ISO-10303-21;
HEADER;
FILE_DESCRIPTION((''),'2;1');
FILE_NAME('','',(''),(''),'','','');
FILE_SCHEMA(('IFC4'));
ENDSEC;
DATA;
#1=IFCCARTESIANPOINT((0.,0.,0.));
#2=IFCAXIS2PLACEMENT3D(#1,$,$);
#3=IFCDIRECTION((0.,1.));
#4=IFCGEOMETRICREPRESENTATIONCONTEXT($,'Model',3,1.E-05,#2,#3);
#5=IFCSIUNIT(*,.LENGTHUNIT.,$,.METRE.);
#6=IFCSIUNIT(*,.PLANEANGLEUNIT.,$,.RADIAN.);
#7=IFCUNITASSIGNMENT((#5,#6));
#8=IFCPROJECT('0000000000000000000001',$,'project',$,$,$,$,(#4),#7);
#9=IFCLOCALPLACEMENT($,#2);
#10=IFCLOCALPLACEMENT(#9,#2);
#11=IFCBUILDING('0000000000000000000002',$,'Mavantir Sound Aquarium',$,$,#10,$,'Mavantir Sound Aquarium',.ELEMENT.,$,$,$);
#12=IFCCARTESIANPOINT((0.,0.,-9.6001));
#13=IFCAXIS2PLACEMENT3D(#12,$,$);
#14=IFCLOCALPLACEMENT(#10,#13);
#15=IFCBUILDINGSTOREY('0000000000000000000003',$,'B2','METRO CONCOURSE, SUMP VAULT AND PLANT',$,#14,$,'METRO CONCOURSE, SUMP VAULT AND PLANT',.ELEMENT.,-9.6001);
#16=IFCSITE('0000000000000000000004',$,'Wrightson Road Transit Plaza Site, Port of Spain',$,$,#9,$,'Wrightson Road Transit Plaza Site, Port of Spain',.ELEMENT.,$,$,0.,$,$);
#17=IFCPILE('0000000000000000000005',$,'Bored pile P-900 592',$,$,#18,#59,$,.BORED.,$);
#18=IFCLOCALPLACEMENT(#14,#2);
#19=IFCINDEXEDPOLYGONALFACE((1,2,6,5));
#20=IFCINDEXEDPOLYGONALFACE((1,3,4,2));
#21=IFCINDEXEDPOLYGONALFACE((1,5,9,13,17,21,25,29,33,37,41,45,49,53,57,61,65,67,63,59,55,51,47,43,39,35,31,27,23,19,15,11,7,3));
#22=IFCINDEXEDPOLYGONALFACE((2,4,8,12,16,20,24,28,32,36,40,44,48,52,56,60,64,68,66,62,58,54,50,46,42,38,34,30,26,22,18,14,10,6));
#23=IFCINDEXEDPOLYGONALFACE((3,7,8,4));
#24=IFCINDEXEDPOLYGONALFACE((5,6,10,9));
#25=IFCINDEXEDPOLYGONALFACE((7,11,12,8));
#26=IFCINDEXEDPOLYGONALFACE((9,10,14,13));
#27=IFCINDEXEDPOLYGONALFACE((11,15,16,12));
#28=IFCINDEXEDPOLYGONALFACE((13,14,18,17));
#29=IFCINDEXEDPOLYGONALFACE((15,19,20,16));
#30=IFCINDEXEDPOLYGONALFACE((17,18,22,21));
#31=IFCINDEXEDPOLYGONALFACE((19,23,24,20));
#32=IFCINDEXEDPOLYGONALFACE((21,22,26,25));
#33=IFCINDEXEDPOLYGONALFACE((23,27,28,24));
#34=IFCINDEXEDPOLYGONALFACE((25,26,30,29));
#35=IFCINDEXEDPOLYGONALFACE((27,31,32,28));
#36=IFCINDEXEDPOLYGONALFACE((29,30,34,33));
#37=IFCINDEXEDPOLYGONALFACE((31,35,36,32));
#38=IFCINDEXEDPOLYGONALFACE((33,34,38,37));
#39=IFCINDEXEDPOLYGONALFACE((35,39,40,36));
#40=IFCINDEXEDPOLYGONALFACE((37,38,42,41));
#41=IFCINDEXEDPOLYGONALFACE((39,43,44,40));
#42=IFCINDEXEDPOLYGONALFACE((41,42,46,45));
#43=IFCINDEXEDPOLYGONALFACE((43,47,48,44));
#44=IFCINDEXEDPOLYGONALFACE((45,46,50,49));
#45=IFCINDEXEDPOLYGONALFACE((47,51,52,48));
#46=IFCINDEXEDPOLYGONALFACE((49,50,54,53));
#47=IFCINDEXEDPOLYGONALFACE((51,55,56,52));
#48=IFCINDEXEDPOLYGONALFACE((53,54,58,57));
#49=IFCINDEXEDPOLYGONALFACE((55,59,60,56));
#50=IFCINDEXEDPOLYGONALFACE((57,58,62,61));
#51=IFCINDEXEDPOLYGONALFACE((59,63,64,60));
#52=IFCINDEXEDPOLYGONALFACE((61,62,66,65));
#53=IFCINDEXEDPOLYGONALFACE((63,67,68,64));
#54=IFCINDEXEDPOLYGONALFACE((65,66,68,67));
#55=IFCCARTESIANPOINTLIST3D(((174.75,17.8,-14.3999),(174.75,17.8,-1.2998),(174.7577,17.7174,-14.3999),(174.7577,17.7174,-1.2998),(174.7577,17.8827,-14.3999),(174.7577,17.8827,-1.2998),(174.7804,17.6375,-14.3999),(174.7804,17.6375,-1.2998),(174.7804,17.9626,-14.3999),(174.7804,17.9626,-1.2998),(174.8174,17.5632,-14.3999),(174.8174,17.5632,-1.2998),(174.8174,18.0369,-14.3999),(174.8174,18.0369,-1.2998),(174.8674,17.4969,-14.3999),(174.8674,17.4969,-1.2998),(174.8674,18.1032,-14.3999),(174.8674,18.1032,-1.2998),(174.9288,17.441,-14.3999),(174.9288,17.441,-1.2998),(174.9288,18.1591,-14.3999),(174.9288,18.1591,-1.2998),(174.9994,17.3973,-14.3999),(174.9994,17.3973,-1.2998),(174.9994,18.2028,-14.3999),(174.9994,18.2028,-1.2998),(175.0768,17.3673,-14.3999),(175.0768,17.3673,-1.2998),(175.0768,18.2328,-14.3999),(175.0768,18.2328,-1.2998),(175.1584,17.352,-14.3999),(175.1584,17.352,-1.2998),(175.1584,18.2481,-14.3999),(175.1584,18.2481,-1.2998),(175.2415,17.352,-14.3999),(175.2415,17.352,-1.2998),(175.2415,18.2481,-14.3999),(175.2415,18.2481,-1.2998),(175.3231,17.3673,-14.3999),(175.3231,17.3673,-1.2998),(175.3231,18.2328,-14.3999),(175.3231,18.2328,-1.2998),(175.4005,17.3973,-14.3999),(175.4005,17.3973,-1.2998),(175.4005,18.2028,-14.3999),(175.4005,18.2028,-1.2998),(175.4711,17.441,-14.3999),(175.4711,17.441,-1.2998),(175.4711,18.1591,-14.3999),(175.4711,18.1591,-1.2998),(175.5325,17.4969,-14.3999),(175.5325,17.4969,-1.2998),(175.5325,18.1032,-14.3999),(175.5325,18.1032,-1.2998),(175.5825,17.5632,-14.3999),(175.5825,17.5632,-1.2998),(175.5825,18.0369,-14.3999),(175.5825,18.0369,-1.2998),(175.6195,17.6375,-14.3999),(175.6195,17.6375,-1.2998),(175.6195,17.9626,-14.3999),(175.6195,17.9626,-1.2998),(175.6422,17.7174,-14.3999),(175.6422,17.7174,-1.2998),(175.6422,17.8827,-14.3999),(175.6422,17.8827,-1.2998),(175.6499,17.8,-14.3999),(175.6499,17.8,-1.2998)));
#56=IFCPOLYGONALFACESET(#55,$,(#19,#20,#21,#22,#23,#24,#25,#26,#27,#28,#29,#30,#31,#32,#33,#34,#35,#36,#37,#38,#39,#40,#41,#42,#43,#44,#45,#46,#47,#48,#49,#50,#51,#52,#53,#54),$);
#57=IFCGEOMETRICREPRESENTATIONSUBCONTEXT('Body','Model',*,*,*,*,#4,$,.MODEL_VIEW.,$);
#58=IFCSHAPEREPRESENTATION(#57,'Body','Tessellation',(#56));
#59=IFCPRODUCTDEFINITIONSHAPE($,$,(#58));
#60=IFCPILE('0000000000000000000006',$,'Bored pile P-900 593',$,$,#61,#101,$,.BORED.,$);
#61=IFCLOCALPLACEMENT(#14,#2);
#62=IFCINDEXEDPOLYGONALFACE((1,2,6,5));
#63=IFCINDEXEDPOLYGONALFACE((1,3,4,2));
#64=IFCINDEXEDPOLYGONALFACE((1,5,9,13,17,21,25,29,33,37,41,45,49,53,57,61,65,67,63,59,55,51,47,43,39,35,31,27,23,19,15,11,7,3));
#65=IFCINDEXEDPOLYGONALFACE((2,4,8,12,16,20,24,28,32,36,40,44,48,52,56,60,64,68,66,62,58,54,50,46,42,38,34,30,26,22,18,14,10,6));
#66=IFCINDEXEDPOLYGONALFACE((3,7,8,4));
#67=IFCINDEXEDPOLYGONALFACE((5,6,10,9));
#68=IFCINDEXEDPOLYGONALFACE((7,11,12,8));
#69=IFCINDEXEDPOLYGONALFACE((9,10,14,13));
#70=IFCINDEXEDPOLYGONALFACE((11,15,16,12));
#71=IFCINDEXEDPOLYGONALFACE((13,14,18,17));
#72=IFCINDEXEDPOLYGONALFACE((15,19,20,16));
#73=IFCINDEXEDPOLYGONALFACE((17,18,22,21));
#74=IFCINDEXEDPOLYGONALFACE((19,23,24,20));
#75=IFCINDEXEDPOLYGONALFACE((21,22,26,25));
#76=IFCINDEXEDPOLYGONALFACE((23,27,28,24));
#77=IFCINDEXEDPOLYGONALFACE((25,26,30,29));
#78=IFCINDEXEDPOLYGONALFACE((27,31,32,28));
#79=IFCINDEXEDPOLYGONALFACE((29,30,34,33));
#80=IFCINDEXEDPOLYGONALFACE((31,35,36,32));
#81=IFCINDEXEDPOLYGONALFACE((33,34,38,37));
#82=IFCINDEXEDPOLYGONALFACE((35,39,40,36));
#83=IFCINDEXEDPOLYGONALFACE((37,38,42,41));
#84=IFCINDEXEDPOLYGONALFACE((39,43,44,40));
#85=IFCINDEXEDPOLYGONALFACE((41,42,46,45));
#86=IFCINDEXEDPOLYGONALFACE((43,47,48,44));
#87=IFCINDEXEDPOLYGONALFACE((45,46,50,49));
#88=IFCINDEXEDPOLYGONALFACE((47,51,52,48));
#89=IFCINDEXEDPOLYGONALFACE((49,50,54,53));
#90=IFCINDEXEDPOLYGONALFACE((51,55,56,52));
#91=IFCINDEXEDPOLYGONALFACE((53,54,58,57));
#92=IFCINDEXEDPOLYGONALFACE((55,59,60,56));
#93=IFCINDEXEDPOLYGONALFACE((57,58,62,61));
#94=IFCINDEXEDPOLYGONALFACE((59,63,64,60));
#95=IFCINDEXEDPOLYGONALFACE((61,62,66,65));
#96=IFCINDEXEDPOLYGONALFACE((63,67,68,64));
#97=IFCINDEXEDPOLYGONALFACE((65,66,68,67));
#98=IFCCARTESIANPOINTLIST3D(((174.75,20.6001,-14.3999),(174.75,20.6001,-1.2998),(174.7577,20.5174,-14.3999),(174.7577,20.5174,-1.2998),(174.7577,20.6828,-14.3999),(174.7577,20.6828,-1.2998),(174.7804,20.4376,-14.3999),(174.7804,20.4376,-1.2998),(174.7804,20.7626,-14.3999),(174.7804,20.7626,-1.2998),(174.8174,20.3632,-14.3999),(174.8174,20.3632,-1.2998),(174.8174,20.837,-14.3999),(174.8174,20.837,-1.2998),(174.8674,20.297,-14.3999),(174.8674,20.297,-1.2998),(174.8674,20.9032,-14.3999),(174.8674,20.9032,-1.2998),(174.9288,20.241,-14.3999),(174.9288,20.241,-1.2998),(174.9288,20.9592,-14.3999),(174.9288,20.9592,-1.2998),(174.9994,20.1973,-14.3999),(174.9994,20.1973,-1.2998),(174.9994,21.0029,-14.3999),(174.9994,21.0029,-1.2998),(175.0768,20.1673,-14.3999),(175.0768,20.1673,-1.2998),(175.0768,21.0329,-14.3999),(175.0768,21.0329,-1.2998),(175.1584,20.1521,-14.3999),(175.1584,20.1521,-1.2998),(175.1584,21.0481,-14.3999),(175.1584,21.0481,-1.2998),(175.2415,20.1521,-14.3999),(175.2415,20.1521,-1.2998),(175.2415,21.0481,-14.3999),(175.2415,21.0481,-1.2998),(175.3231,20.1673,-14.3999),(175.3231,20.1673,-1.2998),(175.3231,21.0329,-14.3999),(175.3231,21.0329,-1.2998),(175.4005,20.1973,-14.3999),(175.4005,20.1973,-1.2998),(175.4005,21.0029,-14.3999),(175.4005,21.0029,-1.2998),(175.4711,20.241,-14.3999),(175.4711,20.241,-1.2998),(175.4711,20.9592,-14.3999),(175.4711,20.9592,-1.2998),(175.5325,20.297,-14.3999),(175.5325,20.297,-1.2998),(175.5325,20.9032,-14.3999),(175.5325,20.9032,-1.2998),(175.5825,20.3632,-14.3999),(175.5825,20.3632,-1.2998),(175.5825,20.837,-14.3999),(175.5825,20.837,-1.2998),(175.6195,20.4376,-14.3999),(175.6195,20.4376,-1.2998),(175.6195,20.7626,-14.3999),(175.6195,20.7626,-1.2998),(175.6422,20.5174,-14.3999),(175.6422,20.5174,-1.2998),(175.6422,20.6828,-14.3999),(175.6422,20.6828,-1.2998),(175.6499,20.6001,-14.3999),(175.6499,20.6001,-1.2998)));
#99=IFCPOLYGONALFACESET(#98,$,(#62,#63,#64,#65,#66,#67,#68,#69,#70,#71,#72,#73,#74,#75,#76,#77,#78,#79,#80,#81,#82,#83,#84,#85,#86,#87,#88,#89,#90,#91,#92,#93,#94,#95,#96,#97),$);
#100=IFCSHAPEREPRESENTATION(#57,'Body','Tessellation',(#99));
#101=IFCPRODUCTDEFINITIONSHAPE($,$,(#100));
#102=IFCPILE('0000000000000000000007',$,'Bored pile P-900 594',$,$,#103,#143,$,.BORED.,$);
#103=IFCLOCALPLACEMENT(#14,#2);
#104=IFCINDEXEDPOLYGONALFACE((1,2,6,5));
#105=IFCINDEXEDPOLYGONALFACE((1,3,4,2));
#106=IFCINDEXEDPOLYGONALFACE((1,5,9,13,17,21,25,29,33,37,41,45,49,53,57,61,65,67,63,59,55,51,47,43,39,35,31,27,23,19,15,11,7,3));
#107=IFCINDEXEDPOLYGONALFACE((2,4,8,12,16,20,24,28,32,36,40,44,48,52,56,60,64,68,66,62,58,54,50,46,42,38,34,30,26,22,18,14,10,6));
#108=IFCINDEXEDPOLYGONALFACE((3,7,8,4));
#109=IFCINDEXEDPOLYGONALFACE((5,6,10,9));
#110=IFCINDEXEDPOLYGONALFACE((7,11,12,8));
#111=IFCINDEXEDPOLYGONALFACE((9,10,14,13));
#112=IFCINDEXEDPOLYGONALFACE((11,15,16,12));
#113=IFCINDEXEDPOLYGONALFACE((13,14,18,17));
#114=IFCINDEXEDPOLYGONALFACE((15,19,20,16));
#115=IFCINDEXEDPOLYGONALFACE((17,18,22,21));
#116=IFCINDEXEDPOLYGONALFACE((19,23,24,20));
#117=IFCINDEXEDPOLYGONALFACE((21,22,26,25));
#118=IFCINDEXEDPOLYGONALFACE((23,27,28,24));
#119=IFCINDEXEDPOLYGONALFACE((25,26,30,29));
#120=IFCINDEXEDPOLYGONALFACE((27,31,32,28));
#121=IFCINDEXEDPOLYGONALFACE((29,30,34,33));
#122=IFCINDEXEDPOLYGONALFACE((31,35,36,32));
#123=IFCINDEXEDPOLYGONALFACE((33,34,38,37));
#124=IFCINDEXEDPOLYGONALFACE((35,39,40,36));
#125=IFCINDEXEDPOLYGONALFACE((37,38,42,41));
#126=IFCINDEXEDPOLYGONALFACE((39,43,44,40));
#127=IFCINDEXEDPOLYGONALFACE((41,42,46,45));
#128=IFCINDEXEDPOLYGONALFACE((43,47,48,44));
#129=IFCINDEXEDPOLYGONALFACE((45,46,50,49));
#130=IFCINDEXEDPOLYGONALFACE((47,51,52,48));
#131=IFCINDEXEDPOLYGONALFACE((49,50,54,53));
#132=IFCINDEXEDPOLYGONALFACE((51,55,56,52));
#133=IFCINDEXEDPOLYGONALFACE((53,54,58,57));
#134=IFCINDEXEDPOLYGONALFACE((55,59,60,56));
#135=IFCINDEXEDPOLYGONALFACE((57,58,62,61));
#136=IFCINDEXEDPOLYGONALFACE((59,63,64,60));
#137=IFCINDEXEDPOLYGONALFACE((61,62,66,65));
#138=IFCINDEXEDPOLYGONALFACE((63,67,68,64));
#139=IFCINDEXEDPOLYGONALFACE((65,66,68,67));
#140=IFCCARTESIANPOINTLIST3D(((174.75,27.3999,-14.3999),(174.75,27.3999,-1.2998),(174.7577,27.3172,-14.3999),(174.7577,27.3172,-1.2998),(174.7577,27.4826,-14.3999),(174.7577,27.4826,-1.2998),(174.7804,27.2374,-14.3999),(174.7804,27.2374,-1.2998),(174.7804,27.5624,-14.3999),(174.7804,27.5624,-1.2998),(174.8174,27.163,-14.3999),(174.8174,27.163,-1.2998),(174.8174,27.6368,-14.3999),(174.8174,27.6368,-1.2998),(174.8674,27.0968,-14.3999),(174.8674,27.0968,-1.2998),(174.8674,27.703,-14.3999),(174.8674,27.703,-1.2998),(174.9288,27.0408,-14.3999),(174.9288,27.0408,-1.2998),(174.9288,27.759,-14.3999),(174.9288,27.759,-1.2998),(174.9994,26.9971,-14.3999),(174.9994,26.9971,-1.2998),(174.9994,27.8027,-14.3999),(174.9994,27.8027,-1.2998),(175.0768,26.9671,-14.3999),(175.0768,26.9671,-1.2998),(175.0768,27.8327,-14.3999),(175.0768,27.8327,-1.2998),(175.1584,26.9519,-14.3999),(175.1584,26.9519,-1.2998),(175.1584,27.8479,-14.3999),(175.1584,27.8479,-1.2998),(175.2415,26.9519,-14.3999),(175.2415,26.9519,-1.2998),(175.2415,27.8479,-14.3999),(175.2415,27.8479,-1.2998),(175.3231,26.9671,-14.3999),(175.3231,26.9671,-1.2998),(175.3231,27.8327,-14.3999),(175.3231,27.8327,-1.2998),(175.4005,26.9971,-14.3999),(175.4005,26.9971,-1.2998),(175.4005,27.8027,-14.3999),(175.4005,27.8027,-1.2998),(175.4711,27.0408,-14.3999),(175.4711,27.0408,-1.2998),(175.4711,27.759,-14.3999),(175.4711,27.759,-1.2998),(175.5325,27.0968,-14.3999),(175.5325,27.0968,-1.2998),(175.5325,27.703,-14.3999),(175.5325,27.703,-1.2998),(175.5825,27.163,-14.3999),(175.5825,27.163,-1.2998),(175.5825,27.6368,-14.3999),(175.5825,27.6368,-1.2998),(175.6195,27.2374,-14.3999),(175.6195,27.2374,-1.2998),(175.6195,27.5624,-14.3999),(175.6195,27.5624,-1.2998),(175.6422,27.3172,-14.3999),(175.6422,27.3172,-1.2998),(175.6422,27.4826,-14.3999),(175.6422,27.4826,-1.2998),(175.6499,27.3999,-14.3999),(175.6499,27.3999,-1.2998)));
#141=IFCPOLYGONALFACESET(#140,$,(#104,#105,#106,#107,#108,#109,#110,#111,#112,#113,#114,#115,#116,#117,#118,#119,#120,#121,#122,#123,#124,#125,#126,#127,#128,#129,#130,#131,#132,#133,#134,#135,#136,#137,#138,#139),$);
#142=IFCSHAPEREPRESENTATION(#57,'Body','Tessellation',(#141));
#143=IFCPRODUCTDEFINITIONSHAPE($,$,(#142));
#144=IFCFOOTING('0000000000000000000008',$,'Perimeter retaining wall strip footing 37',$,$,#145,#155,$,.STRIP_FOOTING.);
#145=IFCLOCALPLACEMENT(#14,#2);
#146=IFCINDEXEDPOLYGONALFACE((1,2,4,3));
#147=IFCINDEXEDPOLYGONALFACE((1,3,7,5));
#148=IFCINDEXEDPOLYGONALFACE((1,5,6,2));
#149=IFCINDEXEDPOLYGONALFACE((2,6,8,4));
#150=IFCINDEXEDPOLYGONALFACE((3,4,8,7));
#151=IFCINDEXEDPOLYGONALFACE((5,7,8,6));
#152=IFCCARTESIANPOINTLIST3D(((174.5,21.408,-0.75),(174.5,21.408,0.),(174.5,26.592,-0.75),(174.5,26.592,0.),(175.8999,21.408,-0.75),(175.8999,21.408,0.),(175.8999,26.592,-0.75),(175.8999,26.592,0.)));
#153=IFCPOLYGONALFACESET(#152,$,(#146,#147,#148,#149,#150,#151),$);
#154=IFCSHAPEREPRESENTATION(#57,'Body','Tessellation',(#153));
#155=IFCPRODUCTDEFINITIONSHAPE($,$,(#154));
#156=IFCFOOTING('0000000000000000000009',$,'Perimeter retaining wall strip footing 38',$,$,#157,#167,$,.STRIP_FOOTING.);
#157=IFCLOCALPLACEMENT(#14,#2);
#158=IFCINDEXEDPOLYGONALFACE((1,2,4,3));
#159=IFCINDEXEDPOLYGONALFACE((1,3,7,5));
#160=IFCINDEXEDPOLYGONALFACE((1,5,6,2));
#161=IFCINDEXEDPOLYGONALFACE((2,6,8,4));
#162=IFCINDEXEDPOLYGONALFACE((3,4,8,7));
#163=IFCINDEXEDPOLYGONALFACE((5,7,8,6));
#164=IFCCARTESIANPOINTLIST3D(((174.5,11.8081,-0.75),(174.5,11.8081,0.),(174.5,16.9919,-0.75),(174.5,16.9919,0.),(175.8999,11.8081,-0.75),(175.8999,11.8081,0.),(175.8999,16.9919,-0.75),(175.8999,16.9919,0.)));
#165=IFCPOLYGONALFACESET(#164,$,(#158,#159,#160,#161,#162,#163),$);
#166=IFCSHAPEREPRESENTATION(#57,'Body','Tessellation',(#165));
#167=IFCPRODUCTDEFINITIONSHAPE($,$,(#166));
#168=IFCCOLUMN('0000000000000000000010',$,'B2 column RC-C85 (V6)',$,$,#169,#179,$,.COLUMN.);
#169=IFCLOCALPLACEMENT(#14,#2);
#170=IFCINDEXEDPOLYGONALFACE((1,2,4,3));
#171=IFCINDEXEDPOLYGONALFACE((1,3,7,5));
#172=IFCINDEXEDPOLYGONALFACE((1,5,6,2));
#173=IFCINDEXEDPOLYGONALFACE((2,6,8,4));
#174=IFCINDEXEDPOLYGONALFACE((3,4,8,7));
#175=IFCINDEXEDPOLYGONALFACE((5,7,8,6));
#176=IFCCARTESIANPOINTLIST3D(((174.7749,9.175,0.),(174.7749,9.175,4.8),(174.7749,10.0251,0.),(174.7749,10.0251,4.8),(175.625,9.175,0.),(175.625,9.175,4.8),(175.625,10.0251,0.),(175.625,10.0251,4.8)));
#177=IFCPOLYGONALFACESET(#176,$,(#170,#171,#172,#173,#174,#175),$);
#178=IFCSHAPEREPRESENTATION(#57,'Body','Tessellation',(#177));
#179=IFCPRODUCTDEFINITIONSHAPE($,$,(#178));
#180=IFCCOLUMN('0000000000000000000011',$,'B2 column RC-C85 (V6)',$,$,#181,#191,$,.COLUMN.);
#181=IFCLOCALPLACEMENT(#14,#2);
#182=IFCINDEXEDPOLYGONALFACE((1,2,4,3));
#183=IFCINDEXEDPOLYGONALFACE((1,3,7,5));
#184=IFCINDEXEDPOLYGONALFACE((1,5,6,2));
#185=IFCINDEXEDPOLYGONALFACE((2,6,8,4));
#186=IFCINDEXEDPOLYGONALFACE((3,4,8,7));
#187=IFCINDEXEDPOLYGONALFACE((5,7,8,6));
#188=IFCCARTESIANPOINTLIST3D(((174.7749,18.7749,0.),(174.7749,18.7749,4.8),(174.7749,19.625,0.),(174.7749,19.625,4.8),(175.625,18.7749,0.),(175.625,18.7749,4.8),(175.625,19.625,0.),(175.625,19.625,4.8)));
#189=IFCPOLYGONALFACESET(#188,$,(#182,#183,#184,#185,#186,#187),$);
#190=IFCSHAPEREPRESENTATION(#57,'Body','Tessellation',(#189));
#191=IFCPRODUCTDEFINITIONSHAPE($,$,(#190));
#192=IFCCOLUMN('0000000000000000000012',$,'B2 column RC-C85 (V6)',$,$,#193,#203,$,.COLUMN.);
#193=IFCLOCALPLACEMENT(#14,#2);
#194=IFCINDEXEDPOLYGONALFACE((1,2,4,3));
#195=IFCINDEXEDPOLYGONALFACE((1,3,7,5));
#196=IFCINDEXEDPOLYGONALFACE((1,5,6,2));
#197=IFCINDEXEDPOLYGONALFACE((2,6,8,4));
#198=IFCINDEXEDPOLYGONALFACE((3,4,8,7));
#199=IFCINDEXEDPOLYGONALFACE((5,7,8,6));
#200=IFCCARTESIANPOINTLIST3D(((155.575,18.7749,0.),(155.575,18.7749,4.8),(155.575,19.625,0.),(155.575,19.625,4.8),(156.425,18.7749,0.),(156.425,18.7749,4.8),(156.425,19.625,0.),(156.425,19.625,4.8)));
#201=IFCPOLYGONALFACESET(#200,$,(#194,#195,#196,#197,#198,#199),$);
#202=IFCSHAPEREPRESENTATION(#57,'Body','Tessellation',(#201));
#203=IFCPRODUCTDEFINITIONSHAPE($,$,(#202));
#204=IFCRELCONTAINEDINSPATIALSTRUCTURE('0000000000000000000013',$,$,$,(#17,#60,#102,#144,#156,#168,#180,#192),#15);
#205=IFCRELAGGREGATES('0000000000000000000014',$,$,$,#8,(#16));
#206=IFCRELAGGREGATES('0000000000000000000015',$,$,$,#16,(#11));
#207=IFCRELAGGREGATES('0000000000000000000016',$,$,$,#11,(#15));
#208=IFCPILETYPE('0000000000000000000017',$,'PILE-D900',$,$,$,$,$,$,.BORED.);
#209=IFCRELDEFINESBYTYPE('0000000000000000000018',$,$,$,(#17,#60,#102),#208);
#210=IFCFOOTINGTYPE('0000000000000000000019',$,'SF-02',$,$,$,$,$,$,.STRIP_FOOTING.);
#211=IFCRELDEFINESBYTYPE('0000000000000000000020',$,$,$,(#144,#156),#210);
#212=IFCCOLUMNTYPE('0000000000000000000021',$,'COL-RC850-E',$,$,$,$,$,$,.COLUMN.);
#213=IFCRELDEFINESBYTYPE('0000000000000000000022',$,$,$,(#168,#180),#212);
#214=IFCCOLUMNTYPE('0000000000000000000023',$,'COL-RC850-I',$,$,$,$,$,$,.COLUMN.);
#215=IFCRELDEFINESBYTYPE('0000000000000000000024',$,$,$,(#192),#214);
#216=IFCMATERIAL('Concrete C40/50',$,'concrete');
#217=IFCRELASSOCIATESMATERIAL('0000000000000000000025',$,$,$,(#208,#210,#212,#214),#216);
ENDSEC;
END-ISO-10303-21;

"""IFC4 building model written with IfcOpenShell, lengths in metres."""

from ifc_helpers import new_model, si_unit, direction, frame, origin, origin_2d, place, context, subcontext, project, spatial, rectangle, circle, extrude, material, material_profile, profile_set, type_object, element, save


model = new_model("IFC4")

# Units and contexts
model_context = context("Model", 3, precision=1e-05, world=origin(), true_north=direction((0.0, 1.0)))
body_context = subcontext(model_context, "Body", "Model", "MODEL_VIEW")
ifc_project = project(units=[si_unit("LENGTHUNIT", "METRE"), si_unit("PLANEANGLEUNIT", "RADIAN")], contexts=[model_context])

# Site, building, storey
site_placement = place(None, origin())
site = spatial("IfcSite", under=ifc_project, at=site_placement, Name="Wrightson Road Transit Plaza Site, Port of Spain", LongName="Wrightson Road Transit Plaza Site, Port of Spain", CompositionType="ELEMENT", RefElevation=0.0)
building_placement = place(site_placement, origin())
building = spatial("IfcBuilding", under=site, at=building_placement, Name="Mavantir Sound Aquarium", LongName="Mavantir Sound Aquarium", CompositionType="ELEMENT")
storey_placement = place(building_placement, frame((0.0, 0.0, -9.6001)))
storey = spatial("IfcBuildingStorey", under=building, at=storey_placement, Name="B2", Description="METRO CONCOURSE, SUMP VAULT AND PLANT", LongName="METRO CONCOURSE, SUMP VAULT AND PLANT", CompositionType="ELEMENT", Elevation=-9.6001)

# Shared definitions
ifc_material_1 = material(Name="Concrete C40/50", Category="concrete")

# Piles
ifc_material_profile_1 = material_profile(ifc_material_1, circle(Radius=0.45, at=origin_2d()), Name="PILE D900")
ifc_profile_set_1 = profile_set([ifc_material_profile_1], Name="Concrete C40/50")
pile_type = type_object("IfcPileType", Name="PILE-D900", PredefinedType="BORED", material=ifc_profile_set_1)
for number, where, z_axis, x_axis, name in (
    (1, (175.2, 17.8, -1.2998), (0.0, 0.0, -1.0), (1.0, 0.0, 0.0), "Bored pile P-900 592"),
    (2, (175.2, 20.6001, -1.2998), (0.0, 0.0, -1.0), (1.0, 0.0, 0.0), "Bored pile P-900 593"),
    (3, (175.2, 27.3999, -1.2998), (0.0, 0.0, -1.0), (1.0, 0.0, 0.0), "Bored pile P-900 594"),
):
    element("IfcPile", number, at=place(storey_placement, frame(where, z_axis=z_axis, x_axis=x_axis)), inside=storey, type_object=pile_type, Name=name, PredefinedType="BORED", context=body_context, shape_type="SweptSolid", body=[
        extrude(circle(Radius=0.45, at=origin_2d()), origin(), (0.0, 0.0, 1.0), 13.1001),
    ])

# Footings
ifc_material_profile_2 = material_profile(ifc_material_1, rectangle(XDim=1.3999, YDim=0.75, at=origin_2d()), Name="RC 1400X750")
ifc_profile_set_2 = profile_set([ifc_material_profile_2], Name="Concrete C40/50")
footing_type_1 = type_object("IfcFootingType", Name="SF-02", PredefinedType="STRIP_FOOTING", material=ifc_profile_set_2)
footing_1_placement = place(storey_placement, frame((175.2, 26.592, -0.375), z_axis=(0.0, -1.0, 0.0), x_axis=(1.0, 0.0, 0.0)))
element("IfcFooting", 4, at=footing_1_placement, inside=storey, type_object=footing_type_1, Name="Perimeter retaining wall strip footing 37", PredefinedType="STRIP_FOOTING", context=body_context, shape_type="SweptSolid", body=[
    extrude(rectangle(XDim=1.3999, YDim=0.75, at=origin_2d()), origin(), (0.0, 0.0, 1.0), 5.1841),
])
footing_2_placement = place(storey_placement, frame((175.2, 16.9919, -0.375), z_axis=(0.0, -1.0, 0.0), x_axis=(1.0, 0.0, 0.0)))
element("IfcFooting", 5, at=footing_2_placement, inside=storey, type_object=footing_type_1, Name="Perimeter retaining wall strip footing 38", PredefinedType="STRIP_FOOTING", context=body_context, shape_type="SweptSolid", body=[
    extrude(rectangle(XDim=1.3999, YDim=0.75, at=origin_2d()), origin(), (0.0, 0.0, 1.0), 5.1838),
])

# Columns
ifc_material_profile_3 = material_profile(ifc_material_1, rectangle(XDim=0.8501, YDim=0.8501, at=origin_2d()), Name="RC 850X850")
ifc_profile_set_3 = profile_set([ifc_material_profile_3], Name="Concrete C40/50")
column_type_1 = type_object("IfcColumnType", Name="COL-RC850-E", PredefinedType="COLUMN", material=ifc_profile_set_3)
for number, where, z_axis, x_axis, name in (
    (6, (175.2, 9.6001, 0.0), (0.0, 0.0, 1.0), (1.0, 0.0, 0.0), "B2 column RC-C85 (V6)"),
    (7, (175.2, 19.2, 0.0), (0.0, 0.0, 1.0), (1.0, 0.0, 0.0), "B2 column RC-C85 (V6)"),
):
    element("IfcColumn", number, at=place(storey_placement, frame(where, z_axis=z_axis, x_axis=x_axis)), inside=storey, type_object=column_type_1, Name=name, PredefinedType="COLUMN", context=body_context, shape_type="SweptSolid", body=[
        extrude(rectangle(XDim=0.8501, YDim=0.8501, at=origin_2d()), origin(), (0.0, 0.0, 1.0), 4.8),
    ])
ifc_material_profile_4 = material_profile(ifc_material_1, rectangle(XDim=0.8501, YDim=0.8501, at=origin_2d()), Name="RC 850X850")
ifc_profile_set_4 = profile_set([ifc_material_profile_4], Name="Concrete C40/50")
column_type_2 = type_object("IfcColumnType", Name="COL-RC850-I", PredefinedType="COLUMN", material=ifc_profile_set_4)
for number, where, z_axis, x_axis, name in (
    (8, (156.0, 19.2, 0.0), (0.0, 0.0, 1.0), (1.0, 0.0, 0.0), "B2 column RC-C85 (V6)"),
):
    element("IfcColumn", number, at=place(storey_placement, frame(where, z_axis=z_axis, x_axis=x_axis)), inside=storey, type_object=column_type_2, Name=name, PredefinedType="COLUMN", context=body_context, shape_type="SweptSolid", body=[
        extrude(rectangle(XDim=0.8501, YDim=0.8501, at=origin_2d()), origin(), (0.0, 0.0, 1.0), 4.8),
    ])

save(model, "model.ifc")
